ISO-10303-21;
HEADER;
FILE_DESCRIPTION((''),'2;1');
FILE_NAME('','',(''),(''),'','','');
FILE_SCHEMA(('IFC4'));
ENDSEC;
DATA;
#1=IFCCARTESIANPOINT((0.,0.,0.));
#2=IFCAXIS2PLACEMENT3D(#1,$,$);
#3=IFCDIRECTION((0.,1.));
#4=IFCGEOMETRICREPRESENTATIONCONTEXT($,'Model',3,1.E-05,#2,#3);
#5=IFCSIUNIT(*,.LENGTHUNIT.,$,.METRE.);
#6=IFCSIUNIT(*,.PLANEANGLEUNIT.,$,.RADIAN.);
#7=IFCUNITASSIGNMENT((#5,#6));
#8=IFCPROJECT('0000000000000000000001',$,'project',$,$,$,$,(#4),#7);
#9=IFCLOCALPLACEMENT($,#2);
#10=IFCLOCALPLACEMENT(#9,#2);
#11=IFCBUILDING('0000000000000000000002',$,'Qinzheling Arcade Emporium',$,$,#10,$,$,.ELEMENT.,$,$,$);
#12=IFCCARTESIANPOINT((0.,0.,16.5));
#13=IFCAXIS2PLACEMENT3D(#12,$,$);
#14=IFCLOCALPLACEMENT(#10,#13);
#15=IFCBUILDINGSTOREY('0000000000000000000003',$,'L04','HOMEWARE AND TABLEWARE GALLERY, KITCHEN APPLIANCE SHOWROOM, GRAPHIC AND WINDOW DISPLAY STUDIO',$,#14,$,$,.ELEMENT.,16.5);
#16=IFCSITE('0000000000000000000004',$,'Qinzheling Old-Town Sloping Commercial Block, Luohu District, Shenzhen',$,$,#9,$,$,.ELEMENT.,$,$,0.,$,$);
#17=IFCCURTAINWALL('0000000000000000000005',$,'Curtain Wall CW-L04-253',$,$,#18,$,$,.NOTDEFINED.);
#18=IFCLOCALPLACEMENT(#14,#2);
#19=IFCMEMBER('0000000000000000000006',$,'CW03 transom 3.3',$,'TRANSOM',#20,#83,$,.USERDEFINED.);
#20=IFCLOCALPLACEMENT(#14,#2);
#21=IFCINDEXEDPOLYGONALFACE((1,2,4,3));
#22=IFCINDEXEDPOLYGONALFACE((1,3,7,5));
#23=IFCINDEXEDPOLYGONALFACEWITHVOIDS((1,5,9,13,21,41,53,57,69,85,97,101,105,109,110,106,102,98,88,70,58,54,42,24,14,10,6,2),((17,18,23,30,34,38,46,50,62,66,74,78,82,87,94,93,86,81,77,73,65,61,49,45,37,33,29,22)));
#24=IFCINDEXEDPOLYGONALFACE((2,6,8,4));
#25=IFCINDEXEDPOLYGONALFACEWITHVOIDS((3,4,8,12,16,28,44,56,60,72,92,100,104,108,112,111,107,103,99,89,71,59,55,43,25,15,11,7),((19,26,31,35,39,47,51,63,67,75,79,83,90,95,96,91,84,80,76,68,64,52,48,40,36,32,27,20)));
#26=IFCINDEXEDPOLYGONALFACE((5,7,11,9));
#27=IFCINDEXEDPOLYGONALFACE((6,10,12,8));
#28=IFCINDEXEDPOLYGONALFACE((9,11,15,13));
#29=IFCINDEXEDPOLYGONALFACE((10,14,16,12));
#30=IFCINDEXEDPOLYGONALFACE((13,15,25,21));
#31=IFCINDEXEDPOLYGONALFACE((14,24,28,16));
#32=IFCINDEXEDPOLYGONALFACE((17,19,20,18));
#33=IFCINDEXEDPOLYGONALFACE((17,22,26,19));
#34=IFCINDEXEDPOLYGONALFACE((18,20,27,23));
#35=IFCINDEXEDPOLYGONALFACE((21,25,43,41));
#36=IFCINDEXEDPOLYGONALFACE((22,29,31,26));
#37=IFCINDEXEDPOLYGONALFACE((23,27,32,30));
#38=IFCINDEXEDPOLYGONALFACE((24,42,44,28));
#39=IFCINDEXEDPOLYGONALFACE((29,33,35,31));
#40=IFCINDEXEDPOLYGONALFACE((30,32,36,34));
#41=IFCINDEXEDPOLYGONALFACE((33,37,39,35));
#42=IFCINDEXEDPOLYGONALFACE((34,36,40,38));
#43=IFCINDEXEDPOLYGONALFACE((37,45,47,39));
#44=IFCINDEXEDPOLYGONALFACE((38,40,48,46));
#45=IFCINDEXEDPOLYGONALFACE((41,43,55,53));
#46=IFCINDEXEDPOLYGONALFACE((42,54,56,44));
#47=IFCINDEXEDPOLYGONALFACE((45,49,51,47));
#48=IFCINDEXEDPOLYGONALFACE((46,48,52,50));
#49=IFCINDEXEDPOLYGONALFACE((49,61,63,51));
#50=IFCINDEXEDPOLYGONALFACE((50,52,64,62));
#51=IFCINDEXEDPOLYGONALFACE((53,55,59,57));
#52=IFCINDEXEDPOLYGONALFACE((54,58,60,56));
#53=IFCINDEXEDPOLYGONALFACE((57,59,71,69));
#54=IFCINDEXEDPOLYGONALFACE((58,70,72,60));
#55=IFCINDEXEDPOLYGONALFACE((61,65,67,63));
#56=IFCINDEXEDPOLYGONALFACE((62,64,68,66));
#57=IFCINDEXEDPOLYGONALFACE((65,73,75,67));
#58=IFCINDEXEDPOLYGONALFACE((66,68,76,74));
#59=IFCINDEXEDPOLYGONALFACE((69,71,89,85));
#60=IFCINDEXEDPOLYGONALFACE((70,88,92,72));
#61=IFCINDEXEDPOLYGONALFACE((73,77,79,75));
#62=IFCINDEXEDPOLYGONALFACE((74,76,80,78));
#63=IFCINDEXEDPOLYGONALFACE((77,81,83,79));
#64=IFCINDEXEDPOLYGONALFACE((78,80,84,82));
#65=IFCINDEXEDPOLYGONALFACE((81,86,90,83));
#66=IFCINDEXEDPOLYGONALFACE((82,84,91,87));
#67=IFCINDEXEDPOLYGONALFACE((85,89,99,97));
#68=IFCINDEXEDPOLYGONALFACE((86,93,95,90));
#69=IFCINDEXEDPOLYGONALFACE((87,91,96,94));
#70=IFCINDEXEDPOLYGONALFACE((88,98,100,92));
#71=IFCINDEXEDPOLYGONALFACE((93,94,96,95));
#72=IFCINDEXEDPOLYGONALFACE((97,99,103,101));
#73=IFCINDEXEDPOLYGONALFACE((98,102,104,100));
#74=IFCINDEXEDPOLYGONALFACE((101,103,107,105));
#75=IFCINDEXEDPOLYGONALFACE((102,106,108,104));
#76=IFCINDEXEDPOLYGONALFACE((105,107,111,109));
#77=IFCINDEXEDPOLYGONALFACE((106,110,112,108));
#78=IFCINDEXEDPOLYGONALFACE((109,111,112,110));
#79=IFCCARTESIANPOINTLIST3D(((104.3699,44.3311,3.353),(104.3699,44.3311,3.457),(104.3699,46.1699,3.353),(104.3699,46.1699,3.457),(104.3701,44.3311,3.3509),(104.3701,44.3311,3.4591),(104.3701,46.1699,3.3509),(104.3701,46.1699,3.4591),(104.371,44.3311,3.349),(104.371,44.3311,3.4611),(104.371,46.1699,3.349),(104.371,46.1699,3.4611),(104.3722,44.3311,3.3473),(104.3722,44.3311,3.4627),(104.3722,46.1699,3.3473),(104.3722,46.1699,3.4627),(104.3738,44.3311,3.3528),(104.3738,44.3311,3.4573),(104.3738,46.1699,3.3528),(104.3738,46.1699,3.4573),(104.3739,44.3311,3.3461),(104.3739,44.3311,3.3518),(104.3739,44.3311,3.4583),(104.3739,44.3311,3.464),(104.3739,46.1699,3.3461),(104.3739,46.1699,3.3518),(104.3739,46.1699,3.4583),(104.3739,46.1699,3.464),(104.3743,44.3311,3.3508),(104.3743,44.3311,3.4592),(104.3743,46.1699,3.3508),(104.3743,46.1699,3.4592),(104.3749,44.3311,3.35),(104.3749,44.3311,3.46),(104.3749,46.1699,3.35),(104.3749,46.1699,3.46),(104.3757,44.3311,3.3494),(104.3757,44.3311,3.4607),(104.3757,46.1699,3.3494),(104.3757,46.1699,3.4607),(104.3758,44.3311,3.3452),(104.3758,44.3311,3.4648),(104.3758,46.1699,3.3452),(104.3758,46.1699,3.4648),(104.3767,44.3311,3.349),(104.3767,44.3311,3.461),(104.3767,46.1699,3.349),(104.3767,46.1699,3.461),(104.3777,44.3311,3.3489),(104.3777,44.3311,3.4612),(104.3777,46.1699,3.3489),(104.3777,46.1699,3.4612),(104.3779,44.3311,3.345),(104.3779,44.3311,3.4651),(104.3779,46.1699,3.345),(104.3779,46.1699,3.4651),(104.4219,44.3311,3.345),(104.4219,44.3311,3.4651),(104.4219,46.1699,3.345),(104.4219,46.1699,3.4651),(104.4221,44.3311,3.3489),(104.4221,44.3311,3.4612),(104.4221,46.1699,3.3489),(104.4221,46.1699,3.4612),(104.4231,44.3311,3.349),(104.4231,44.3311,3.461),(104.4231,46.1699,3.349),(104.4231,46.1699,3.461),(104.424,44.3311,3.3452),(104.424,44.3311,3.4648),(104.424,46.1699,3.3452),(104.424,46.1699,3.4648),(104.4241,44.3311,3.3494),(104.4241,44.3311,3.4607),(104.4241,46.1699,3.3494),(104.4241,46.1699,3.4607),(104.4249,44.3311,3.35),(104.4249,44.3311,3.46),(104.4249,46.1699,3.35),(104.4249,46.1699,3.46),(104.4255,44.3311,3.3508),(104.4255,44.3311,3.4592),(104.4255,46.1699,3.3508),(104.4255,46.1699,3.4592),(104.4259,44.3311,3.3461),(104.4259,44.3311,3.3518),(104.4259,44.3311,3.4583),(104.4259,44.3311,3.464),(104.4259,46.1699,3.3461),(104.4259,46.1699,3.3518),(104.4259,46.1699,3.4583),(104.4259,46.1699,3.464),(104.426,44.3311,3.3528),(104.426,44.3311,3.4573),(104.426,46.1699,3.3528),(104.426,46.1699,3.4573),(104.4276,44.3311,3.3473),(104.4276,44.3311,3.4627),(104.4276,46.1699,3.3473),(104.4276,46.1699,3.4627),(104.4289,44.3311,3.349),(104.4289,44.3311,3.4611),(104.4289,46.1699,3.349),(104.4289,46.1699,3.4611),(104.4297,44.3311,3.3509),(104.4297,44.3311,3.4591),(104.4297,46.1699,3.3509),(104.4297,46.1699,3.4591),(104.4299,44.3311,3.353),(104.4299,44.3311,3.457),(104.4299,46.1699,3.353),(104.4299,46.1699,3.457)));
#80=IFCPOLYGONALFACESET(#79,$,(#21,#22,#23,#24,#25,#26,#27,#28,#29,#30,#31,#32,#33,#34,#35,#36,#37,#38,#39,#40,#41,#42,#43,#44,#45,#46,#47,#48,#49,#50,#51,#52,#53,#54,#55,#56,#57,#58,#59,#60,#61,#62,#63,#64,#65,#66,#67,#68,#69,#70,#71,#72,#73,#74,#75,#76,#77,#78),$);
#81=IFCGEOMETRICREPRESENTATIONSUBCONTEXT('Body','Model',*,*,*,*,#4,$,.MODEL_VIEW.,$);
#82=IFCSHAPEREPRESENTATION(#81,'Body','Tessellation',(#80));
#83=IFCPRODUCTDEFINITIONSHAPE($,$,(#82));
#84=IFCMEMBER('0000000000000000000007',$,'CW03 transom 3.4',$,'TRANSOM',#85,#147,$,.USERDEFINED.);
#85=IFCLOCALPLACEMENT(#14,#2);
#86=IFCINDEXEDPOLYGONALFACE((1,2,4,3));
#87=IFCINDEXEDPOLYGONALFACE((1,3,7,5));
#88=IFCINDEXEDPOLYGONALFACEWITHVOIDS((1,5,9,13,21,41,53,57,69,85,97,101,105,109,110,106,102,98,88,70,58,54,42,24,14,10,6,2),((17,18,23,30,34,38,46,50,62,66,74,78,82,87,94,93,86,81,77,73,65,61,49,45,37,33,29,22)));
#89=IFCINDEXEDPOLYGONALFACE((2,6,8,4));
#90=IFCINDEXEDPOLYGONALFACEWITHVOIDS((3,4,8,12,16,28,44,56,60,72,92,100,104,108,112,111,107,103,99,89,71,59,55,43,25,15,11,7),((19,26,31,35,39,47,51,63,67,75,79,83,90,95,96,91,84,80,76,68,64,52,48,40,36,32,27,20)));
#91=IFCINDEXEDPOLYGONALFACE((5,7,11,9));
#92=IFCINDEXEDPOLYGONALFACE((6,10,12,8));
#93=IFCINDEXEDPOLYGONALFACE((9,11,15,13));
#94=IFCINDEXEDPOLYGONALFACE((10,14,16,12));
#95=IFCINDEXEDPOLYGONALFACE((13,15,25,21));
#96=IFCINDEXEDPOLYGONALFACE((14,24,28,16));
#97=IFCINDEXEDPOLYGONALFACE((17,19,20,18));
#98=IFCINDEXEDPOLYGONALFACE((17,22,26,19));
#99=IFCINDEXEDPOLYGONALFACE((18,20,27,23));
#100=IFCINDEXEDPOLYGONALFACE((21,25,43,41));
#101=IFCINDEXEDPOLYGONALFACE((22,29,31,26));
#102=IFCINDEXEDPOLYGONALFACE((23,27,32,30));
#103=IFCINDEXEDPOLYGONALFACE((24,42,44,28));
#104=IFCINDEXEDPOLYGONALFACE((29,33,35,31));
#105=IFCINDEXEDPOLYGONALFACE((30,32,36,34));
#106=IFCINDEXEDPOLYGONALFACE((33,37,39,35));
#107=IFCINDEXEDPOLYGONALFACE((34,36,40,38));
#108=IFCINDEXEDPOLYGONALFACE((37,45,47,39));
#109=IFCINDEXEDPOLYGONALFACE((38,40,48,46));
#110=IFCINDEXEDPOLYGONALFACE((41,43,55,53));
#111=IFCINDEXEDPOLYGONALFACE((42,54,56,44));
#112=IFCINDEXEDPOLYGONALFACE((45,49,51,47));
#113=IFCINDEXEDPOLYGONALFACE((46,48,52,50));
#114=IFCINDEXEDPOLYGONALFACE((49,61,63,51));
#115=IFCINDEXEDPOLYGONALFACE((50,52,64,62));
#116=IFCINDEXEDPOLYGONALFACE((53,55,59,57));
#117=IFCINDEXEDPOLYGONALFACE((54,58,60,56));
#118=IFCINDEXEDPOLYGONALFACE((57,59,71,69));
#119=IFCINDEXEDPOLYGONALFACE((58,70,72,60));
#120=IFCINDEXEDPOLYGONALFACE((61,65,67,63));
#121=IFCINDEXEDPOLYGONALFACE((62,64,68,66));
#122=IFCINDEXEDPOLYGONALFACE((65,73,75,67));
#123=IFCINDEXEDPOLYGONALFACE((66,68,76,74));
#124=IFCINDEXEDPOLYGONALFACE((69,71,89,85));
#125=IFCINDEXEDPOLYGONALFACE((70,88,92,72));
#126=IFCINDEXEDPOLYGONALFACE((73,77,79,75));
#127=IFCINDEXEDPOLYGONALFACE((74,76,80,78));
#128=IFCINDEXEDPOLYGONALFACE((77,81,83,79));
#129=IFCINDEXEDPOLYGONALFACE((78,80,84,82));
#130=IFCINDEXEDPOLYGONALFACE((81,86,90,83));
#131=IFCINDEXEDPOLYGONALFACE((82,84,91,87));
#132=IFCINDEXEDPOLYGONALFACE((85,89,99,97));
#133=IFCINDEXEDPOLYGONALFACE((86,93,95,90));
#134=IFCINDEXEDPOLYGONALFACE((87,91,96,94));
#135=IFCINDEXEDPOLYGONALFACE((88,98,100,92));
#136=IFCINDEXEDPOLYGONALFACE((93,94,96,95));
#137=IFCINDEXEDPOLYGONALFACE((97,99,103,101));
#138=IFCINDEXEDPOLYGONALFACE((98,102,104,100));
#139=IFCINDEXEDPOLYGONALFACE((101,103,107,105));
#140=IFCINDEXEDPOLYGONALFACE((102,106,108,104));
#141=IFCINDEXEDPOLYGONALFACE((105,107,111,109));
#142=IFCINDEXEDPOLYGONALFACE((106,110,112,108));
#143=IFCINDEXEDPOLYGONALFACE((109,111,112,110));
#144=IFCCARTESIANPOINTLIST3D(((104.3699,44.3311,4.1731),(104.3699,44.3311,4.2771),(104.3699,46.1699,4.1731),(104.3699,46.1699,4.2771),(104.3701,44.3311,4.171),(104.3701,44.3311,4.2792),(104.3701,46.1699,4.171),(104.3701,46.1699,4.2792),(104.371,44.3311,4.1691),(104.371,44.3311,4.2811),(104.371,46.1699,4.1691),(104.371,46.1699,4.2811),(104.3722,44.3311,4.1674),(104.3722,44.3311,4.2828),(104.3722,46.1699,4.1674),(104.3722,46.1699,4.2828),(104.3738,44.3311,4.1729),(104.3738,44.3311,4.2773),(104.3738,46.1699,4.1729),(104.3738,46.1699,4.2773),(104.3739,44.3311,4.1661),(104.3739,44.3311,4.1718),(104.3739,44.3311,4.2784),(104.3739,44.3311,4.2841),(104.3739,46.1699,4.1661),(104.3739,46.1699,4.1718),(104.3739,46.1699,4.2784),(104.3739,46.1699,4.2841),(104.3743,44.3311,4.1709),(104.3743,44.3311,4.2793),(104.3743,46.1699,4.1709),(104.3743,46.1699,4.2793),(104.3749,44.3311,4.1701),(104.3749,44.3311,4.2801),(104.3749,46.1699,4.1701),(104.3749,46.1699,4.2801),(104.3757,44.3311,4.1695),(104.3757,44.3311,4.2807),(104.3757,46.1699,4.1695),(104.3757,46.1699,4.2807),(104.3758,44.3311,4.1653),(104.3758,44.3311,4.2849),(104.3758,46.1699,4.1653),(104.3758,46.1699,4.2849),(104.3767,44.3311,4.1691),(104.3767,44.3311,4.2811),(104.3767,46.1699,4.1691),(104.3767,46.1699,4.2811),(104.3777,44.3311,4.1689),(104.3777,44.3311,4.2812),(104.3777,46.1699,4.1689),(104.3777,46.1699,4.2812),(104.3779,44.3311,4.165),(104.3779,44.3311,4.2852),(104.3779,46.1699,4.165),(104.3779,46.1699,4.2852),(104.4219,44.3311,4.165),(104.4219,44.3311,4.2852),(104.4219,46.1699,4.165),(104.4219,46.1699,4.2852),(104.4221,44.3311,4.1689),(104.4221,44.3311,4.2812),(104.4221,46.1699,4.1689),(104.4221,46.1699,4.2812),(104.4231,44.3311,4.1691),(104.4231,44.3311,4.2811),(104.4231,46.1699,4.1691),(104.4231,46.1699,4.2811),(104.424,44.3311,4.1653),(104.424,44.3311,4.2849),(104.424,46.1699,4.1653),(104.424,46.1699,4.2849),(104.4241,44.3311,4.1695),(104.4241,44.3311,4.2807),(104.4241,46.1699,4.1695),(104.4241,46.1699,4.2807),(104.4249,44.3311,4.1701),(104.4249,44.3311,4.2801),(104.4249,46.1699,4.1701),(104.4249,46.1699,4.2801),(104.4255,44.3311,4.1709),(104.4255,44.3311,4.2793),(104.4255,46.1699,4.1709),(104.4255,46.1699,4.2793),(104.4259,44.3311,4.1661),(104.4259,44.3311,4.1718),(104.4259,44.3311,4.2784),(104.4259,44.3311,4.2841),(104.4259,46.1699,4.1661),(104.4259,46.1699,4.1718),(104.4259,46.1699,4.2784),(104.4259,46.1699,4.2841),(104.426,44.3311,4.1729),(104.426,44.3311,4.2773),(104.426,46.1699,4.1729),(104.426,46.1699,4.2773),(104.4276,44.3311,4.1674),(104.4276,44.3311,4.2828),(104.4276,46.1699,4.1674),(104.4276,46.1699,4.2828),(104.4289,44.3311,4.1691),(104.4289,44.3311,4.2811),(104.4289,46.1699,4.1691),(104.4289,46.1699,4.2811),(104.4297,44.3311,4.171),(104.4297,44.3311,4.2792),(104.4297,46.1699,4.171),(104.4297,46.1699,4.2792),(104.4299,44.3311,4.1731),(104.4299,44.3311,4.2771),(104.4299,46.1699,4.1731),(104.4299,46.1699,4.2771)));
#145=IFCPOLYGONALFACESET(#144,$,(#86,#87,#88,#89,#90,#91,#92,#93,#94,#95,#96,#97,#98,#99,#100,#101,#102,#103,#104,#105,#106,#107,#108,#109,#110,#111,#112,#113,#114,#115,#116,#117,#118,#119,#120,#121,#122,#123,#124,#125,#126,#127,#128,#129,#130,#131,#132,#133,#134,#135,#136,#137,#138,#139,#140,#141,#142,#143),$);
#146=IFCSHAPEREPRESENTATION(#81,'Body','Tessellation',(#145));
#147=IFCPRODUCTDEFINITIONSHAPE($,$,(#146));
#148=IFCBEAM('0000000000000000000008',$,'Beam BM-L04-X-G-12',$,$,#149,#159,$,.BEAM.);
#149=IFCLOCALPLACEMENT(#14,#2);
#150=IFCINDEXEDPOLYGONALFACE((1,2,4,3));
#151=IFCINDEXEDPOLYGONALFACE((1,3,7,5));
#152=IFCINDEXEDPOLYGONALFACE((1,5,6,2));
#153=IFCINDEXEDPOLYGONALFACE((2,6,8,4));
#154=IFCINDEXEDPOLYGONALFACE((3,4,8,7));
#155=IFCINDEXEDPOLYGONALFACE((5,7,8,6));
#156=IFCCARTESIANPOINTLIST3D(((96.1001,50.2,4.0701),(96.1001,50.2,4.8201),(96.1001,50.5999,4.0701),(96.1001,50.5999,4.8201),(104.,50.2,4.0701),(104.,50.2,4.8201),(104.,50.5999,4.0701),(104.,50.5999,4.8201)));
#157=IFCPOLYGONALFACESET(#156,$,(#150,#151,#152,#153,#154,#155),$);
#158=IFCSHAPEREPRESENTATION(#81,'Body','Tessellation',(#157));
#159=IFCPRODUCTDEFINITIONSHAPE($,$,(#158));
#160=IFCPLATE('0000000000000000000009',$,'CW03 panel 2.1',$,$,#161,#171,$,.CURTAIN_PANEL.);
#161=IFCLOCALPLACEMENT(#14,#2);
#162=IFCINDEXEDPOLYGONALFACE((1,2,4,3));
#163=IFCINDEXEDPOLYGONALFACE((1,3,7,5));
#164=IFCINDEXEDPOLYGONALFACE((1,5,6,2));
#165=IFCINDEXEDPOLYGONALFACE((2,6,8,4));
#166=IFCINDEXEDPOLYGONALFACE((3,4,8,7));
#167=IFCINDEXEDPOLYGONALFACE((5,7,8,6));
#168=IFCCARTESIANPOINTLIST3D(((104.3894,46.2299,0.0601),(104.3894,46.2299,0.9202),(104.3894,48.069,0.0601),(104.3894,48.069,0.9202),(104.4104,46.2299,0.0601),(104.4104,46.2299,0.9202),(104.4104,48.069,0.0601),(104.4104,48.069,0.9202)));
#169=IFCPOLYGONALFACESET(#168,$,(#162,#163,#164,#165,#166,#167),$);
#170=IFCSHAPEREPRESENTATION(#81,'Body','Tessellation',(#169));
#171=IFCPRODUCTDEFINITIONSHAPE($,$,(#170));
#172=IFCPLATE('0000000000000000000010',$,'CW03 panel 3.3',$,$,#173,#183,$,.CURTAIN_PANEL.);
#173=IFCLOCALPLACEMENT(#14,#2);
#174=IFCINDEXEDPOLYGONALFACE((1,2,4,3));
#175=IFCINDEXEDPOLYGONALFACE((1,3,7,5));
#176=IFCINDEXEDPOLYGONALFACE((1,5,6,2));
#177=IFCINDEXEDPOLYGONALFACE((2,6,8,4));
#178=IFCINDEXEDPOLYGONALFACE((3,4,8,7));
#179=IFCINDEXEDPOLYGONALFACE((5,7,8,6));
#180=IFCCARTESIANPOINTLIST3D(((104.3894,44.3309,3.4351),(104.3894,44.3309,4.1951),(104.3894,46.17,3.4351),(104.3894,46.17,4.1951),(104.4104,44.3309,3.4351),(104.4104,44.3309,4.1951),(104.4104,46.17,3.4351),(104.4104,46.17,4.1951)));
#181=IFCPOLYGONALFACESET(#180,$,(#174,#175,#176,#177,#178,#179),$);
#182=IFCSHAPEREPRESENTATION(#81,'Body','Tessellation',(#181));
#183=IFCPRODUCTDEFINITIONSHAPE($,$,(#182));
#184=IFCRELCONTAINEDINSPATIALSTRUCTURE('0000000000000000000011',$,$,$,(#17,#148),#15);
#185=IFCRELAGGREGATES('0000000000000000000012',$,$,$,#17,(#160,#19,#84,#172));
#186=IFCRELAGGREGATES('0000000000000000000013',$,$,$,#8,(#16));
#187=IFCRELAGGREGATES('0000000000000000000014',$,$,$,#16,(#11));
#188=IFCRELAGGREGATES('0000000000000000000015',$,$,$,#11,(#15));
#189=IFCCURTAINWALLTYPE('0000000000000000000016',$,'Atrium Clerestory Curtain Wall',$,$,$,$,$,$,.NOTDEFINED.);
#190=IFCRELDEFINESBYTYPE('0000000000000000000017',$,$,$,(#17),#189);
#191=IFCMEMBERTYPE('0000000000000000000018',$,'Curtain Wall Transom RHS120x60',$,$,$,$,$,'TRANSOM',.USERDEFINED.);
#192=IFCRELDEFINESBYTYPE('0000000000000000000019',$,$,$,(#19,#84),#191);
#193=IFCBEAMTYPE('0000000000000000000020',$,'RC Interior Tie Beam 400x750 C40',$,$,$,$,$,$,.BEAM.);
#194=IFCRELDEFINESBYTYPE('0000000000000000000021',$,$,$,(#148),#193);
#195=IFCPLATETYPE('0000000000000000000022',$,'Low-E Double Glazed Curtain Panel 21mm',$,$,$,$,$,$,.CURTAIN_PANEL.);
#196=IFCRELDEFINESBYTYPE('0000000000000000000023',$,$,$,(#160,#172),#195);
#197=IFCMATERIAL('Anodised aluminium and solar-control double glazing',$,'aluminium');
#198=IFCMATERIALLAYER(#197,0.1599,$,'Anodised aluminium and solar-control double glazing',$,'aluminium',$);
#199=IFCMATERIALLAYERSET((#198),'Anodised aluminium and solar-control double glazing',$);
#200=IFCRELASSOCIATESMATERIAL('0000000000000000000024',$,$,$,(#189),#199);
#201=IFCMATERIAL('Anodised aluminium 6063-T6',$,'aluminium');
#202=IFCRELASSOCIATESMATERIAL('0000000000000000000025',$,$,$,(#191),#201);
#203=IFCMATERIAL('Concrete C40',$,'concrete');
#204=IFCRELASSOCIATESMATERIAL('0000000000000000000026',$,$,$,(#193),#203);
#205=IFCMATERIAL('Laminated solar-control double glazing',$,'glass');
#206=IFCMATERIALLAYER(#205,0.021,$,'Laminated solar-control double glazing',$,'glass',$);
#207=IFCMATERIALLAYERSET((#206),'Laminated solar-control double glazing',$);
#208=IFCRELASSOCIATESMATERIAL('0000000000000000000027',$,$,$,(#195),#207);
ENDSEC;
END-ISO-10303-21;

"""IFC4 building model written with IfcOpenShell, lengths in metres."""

from ifc_helpers import new_model, si_unit, direction, frame, origin, origin_2d, place, context, subcontext, project, spatial, rectangle, hollow_rectangle, extrude, material, layer, layer_set, material_profile, profile_set, type_object, element, aggregate, save


model = new_model("IFC4")

# Units and contexts
model_context = context("Model", 3, precision=1e-05, world=origin(), true_north=direction((0.0, 1.0)))
body_context = subcontext(model_context, "Body", "Model", "MODEL_VIEW")
ifc_project = project(units=[si_unit("LENGTHUNIT", "METRE"), si_unit("PLANEANGLEUNIT", "RADIAN")], contexts=[model_context])

# Site, building, storey
site_placement = place(None, origin())
site = spatial("IfcSite", under=ifc_project, at=site_placement, Name="Qinzheling Old-Town Sloping Commercial Block, Luohu District, Shenzhen", CompositionType="ELEMENT", RefElevation=0.0)
building_placement = place(site_placement, origin())
building = spatial("IfcBuilding", under=site, at=building_placement, Name="Qinzheling Arcade Emporium", CompositionType="ELEMENT")
storey_placement = place(building_placement, frame((0.0, 0.0, 16.5)))
storey = spatial("IfcBuildingStorey", under=building, at=storey_placement, Name="L04", Description="HOMEWARE AND TABLEWARE GALLERY, KITCHEN APPLIANCE SHOWROOM, GRAPHIC AND WINDOW DISPLAY STUDIO", CompositionType="ELEMENT", Elevation=16.5)

# Shared definitions
ifc_material_1 = material(Name="Concrete C40", Category="concrete")

# Curtain wall, members
ifc_material_2 = material(Name="Anodised aluminium and solar-control double glazing", Category="aluminium")
ifc_layer_1 = layer(ifc_material_2, 0.1599, Name="Anodised aluminium and solar-control double glazing", Category="aluminium")
ifc_layer_set_1 = layer_set([ifc_layer_1], Name="Anodised aluminium and solar-control double glazing")
curtain_wall_type = type_object("IfcCurtainWallType", Name="Atrium Clerestory Curtain Wall", PredefinedType="NOTDEFINED", material=ifc_layer_set_1)
curtain_wall_placement = place(storey_placement, origin())
curtain_wall = element("IfcCurtainWall", 1, at=curtain_wall_placement, inside=storey, type_object=curtain_wall_type, Name="Curtain Wall CW-L04-253", PredefinedType="NOTDEFINED")
ifc_material_3 = material(Name="Anodised aluminium 6063-T6", Category="aluminium")
ifc_material_profile_1 = material_profile(ifc_material_3, hollow_rectangle(XDim=0.0601, YDim=0.1201, WallThickness=0.0039, InnerFilletRadius=0.0039, OuterFilletRadius=0.0081, at=origin_2d()), Name="RHS 120x60x4", Category="aluminium")
ifc_profile_set_1 = profile_set([ifc_material_profile_1], Name="Anodised aluminium 6063-T6")
member_type_1 = type_object("IfcMemberType", Name="Curtain Wall Transom RHS120x60", ElementType="TRANSOM", PredefinedType="USERDEFINED", material=ifc_profile_set_1)
member_1_placement = place(storey_placement, frame((104.3999, 46.1699, 3.405), z_axis=(0.0, -1.0, 0.0), x_axis=(1.0, 0.0, 0.0)))
member_1 = element("IfcMember", 2, at=member_1_placement, type_object=member_type_1, Name="CW03 transom 3.3", ObjectType="TRANSOM", PredefinedType="USERDEFINED", context=body_context, shape_type="SweptSolid", body=[
    extrude(hollow_rectangle(XDim=0.0601, YDim=0.1201, WallThickness=0.0039, InnerFilletRadius=0.0039, OuterFilletRadius=0.0081, at=origin_2d()), origin(), (0.0, 0.0, 1.0), 1.8389),
])
member_2_placement = place(storey_placement, frame((104.3999, 46.1699, 4.2251), z_axis=(0.0, -1.0, 0.0), x_axis=(1.0, 0.0, 0.0)))
member_2 = element("IfcMember", 3, at=member_2_placement, type_object=member_type_1, Name="CW03 transom 3.4", ObjectType="TRANSOM", PredefinedType="USERDEFINED", context=body_context, shape_type="SweptSolid", body=[
    extrude(hollow_rectangle(XDim=0.0601, YDim=0.1201, WallThickness=0.0039, InnerFilletRadius=0.0039, OuterFilletRadius=0.0081, at=origin_2d()), origin(), (0.0, 0.0, 1.0), 1.8389),
])

# Beam
ifc_material_profile_2 = material_profile(ifc_material_1, rectangle(XDim=0.3999, YDim=0.75, at=origin_2d()), Name="RC 400x750", Category="concrete")
ifc_profile_set_2 = profile_set([ifc_material_profile_2], Name="Concrete C40")
beam_type_1 = type_object("IfcBeamType", Name="RC Interior Tie Beam 400x750 C40", PredefinedType="BEAM", material=ifc_profile_set_2)
beam_1_placement = place(storey_placement, frame((96.1001, 50.3999, 4.4451), z_axis=(1.0, 0.0, 0.0), x_axis=(0.0, 1.0, 0.0)))
element("IfcBeam", 4, at=beam_1_placement, inside=storey, type_object=beam_type_1, Name="Beam BM-L04-X-G-12", PredefinedType="BEAM", context=body_context, shape_type="SweptSolid", body=[
    extrude(rectangle(XDim=0.3999, YDim=0.75, at=origin_2d()), origin(), (0.0, 0.0, 1.0), 7.8999),
])

# Plates
ifc_material_4 = material(Name="Laminated solar-control double glazing", Category="glass")
ifc_layer_2 = layer(ifc_material_4, 0.021, Name="Laminated solar-control double glazing", Category="glass")
ifc_layer_set_2 = layer_set([ifc_layer_2], Name="Laminated solar-control double glazing")
plate_type = type_object("IfcPlateType", Name="Low-E Double Glazed Curtain Panel 21mm", PredefinedType="CURTAIN_PANEL", material=ifc_layer_set_2)
plate_1_placement = place(storey_placement, frame((104.3999, 47.1494, 0.0601), z_axis=(0.0, 0.0, 1.0), x_axis=(0.0, -1.0, 0.0)))
plate_1 = element("IfcPlate", 5, at=plate_1_placement, type_object=plate_type, Name="CW03 panel 2.1", PredefinedType="CURTAIN_PANEL", context=body_context, shape_type="SweptSolid", body=[
    extrude(rectangle(XDim=1.8391, YDim=0.021, at=origin_2d()), origin(), (0.0, 0.0, 1.0), 0.8601),
])
plate_2_placement = place(storey_placement, frame((104.3999, 45.2505, 3.4351), z_axis=(0.0, 0.0, 1.0), x_axis=(0.0, -1.0, 0.0)))
plate_2 = element("IfcPlate", 6, at=plate_2_placement, type_object=plate_type, Name="CW03 panel 3.3", PredefinedType="CURTAIN_PANEL", context=body_context, shape_type="SweptSolid", body=[
    extrude(rectangle(XDim=1.8391, YDim=0.021, at=origin_2d()), origin(), (0.0, 0.0, 1.0), 0.76),
])
aggregate(curtain_wall, [plate_1, member_1, member_2, plate_2])

save(model, "model.ifc")
